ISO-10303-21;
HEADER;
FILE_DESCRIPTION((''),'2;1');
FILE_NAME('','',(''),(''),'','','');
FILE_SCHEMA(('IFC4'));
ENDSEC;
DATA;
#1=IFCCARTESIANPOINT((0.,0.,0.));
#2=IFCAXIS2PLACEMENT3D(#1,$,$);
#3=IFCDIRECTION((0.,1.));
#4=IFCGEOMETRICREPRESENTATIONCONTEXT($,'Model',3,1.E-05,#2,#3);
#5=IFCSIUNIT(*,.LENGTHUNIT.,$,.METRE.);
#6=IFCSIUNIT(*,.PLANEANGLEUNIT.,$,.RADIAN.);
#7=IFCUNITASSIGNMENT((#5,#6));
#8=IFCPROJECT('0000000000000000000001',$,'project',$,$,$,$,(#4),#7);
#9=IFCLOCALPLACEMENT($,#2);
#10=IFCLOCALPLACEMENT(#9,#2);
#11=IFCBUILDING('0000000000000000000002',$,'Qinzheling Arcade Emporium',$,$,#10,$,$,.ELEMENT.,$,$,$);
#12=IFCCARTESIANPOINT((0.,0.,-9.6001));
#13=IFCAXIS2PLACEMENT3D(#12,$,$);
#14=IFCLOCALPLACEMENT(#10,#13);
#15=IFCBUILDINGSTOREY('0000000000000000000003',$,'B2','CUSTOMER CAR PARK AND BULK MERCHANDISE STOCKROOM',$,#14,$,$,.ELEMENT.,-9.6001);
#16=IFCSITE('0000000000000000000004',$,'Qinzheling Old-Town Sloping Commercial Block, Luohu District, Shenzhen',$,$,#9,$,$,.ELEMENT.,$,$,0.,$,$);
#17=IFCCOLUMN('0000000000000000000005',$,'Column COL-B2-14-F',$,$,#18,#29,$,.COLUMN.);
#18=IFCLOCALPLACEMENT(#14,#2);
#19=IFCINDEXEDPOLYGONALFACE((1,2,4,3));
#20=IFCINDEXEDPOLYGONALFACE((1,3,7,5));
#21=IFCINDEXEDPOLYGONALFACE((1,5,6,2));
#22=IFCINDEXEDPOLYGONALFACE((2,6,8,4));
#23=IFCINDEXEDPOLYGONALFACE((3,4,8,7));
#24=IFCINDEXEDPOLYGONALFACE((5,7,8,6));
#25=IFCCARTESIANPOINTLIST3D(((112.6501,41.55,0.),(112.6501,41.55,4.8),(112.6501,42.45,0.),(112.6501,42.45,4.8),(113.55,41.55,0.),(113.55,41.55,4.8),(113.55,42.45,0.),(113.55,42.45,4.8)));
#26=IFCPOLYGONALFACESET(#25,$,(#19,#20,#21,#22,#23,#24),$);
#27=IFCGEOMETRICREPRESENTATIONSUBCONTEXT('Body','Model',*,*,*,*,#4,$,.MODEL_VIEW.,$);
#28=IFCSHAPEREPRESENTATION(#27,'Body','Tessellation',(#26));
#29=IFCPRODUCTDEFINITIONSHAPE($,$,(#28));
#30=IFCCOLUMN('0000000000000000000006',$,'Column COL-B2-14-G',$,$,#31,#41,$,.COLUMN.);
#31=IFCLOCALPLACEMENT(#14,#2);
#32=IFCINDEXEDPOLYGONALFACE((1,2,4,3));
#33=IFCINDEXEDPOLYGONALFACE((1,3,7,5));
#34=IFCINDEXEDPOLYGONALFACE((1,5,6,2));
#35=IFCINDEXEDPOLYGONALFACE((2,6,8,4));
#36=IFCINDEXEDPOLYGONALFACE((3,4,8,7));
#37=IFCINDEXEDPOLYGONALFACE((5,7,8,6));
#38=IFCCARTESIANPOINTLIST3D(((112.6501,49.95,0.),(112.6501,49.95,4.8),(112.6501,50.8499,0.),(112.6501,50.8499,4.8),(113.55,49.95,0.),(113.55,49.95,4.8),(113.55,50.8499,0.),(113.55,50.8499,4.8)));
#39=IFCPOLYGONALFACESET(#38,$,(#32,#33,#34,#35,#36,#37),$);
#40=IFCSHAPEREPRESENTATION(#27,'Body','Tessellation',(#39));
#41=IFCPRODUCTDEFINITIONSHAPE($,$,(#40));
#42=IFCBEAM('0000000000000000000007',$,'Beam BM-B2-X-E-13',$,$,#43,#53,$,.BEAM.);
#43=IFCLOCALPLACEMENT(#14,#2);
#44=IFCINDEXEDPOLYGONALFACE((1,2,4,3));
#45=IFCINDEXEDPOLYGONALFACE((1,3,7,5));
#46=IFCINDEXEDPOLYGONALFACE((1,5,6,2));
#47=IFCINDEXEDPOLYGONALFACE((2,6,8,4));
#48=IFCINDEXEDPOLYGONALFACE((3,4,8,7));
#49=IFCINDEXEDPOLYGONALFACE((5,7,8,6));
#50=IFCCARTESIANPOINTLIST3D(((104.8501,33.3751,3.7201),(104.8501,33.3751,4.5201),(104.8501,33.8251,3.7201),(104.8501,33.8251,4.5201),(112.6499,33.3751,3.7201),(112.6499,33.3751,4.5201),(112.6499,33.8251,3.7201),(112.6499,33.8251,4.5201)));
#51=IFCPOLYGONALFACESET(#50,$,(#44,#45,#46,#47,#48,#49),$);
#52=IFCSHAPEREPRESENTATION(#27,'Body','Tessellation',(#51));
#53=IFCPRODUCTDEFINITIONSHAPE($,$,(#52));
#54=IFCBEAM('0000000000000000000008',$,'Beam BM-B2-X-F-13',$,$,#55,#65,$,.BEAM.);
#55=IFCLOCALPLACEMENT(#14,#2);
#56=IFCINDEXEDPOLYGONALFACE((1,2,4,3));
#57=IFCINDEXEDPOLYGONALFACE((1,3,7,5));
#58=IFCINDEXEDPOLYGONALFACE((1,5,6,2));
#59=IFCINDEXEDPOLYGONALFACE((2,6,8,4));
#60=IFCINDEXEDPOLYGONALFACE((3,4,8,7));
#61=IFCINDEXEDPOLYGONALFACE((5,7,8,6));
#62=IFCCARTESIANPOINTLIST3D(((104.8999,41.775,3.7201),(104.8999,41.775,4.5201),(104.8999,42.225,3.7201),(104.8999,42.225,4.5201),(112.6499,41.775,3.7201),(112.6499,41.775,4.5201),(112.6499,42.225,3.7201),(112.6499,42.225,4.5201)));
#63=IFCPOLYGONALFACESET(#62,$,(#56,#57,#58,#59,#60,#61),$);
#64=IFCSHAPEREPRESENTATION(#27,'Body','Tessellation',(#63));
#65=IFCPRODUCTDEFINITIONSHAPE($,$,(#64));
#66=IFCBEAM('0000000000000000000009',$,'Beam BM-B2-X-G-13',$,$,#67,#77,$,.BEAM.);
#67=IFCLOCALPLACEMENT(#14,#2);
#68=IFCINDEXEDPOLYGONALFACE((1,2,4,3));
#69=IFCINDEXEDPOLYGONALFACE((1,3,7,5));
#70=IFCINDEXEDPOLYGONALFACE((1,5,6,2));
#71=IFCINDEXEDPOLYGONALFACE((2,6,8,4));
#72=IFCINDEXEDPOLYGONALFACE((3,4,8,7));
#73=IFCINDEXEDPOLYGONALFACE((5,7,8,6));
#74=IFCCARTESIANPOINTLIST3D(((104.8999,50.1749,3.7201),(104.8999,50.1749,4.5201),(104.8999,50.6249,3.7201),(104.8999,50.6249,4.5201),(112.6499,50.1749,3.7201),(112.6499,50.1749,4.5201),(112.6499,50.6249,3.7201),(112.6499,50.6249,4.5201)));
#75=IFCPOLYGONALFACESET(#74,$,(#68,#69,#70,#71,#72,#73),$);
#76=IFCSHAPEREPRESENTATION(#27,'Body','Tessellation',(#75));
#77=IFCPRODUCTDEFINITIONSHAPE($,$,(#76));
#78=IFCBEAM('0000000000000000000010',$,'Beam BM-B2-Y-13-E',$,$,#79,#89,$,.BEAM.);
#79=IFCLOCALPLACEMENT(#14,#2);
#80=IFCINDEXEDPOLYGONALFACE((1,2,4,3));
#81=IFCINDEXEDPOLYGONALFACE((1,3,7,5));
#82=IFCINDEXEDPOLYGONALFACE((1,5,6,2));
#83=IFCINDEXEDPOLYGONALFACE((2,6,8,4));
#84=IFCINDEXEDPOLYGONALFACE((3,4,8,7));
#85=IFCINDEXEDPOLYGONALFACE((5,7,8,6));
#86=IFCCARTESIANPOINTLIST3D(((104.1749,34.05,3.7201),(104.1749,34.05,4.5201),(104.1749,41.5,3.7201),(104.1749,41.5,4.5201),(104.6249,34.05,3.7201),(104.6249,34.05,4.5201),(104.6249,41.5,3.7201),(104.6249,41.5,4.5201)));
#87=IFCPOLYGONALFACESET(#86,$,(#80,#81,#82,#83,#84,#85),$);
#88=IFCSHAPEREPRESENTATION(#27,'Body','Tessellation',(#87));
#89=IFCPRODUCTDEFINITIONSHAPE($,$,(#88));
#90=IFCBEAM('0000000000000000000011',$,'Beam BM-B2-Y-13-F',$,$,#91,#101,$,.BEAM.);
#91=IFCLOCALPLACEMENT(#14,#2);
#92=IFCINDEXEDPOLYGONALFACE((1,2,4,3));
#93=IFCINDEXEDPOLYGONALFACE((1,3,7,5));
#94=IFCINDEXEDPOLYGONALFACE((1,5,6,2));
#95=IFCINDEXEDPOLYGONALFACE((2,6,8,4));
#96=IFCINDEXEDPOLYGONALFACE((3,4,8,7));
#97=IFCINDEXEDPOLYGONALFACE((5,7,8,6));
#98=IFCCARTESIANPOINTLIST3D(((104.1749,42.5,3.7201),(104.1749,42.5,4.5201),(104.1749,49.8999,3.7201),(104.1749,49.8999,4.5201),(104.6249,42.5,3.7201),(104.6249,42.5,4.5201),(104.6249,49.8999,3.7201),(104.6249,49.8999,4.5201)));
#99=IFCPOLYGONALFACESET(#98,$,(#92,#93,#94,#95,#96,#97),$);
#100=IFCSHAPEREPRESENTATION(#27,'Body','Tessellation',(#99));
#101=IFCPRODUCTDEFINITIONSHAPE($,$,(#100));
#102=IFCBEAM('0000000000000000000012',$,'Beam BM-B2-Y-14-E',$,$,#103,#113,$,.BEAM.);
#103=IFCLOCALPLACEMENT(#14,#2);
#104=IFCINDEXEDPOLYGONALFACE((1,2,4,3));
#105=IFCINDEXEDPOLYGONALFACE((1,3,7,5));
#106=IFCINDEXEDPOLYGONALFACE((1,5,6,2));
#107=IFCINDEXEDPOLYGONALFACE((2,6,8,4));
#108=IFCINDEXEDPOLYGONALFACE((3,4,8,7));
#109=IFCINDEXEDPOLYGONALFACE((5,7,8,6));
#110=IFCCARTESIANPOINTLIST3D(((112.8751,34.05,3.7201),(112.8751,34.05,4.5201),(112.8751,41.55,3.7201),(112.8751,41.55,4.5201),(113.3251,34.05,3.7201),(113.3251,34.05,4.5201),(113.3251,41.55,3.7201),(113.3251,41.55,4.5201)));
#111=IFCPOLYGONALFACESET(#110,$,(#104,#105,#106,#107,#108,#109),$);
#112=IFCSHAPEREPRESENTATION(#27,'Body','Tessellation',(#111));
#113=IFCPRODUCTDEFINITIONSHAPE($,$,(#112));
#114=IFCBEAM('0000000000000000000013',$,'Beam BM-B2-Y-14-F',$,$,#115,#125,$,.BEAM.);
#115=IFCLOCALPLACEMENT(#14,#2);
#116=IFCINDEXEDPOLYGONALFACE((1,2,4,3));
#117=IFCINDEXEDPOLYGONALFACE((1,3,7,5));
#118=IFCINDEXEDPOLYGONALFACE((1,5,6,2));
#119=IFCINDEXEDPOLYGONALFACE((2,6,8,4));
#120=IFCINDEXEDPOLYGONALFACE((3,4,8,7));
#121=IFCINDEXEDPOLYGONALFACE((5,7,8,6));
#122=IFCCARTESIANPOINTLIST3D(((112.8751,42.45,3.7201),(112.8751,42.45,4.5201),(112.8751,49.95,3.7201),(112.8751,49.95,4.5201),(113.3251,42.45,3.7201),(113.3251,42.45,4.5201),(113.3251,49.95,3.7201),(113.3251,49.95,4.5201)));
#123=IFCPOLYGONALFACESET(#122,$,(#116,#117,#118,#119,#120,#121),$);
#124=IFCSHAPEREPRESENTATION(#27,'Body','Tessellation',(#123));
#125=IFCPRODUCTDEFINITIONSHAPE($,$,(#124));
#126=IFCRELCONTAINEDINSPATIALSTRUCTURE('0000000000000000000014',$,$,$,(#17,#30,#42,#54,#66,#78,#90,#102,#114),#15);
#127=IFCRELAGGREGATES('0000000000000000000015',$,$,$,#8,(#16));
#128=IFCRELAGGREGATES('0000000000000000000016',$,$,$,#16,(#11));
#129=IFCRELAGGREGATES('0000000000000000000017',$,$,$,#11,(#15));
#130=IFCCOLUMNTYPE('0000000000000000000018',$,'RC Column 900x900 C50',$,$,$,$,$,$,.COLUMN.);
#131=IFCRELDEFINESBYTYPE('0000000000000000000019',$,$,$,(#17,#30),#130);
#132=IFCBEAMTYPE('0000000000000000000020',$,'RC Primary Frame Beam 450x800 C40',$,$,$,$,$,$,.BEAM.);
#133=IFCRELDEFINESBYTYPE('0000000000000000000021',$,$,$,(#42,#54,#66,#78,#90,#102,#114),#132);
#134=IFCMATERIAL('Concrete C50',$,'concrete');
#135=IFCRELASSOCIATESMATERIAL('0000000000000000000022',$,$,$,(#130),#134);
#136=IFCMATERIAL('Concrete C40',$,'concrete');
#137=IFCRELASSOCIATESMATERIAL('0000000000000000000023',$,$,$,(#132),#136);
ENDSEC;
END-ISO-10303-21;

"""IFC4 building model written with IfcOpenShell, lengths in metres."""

from ifc_helpers import new_model, si_unit, direction, frame, origin, origin_2d, place, context, subcontext, project, spatial, rectangle, extrude, material, material_profile, profile_set, type_object, element, save


model = new_model("IFC4")

# Units and contexts
model_context = context("Model", 3, precision=1e-05, world=origin(), true_north=direction((0.0, 1.0)))
body_context = subcontext(model_context, "Body", "Model", "MODEL_VIEW")
ifc_project = project(units=[si_unit("LENGTHUNIT", "METRE"), si_unit("PLANEANGLEUNIT", "RADIAN")], contexts=[model_context])

# Site, building, storey
site_placement = place(None, origin())
site = spatial("IfcSite", under=ifc_project, at=site_placement, Name="Qinzheling Old-Town Sloping Commercial Block, Luohu District, Shenzhen", CompositionType="ELEMENT", RefElevation=0.0)
building_placement = place(site_placement, origin())
building = spatial("IfcBuilding", under=site, at=building_placement, Name="Qinzheling Arcade Emporium", CompositionType="ELEMENT")
storey_placement = place(building_placement, frame((0.0, 0.0, -9.6001)))
storey = spatial("IfcBuildingStorey", under=building, at=storey_placement, Name="B2", Description="CUSTOMER CAR PARK AND BULK MERCHANDISE STOCKROOM", CompositionType="ELEMENT", Elevation=-9.6001)

# Shared definitions
ifc_material_1 = material(Name="Concrete C40", Category="concrete")

# Columns
ifc_material_2 = material(Name="Concrete C50", Category="concrete")
ifc_material_profile_1 = material_profile(ifc_material_2, rectangle(XDim=0.8999, YDim=0.8999, at=origin_2d()), Name="RC 900x900", Category="concrete")
ifc_profile_set_1 = profile_set([ifc_material_profile_1], Name="Concrete C50")
column_type_1 = type_object("IfcColumnType", Name="RC Column 900x900 C50", PredefinedType="COLUMN", material=ifc_profile_set_1)
for number, where, z_axis, x_axis, name in (
    (1, (113.1001, 42.0, 0.0), (0.0, 0.0, 1.0), (1.0, 0.0, 0.0), "Column COL-B2-14-F"),
    (2, (113.1001, 50.3999, 0.0), (0.0, 0.0, 1.0), (1.0, 0.0, 0.0), "Column COL-B2-14-G"),
):
    element("IfcColumn", number, at=place(storey_placement, frame(where, z_axis=z_axis, x_axis=x_axis)), inside=storey, type_object=column_type_1, Name=name, PredefinedType="COLUMN", context=body_context, shape_type="SweptSolid", body=[
        extrude(rectangle(XDim=0.8999, YDim=0.8999, at=origin_2d()), origin(), (0.0, 0.0, 1.0), 4.8),
    ])

# Beams
ifc_material_profile_2 = material_profile(ifc_material_1, rectangle(XDim=0.45, YDim=0.8, at=origin_2d()), Name="RC 450x800", Category="concrete")
ifc_profile_set_2 = profile_set([ifc_material_profile_2], Name="Concrete C40")
beam_type = type_object("IfcBeamType", Name="RC Primary Frame Beam 450x800 C40", PredefinedType="BEAM", material=ifc_profile_set_2)
beam_1_placement = place(storey_placement, frame((104.8501, 33.6001, 4.1201), z_axis=(1.0, 0.0, 0.0), x_axis=(0.0, 1.0, 0.0)))
element("IfcBeam", 3, at=beam_1_placement, inside=storey, type_object=beam_type, Name="Beam BM-B2-X-E-13", PredefinedType="BEAM", context=body_context, shape_type="SweptSolid", body=[
    extrude(rectangle(XDim=0.45, YDim=0.8, at=origin_2d()), origin(), (0.0, 0.0, 1.0), 7.7998),
])
for number, where, z_axis, x_axis, name in (
    (4, (104.8999, 42.0, 4.1201), (1.0, 0.0, 0.0), (0.0, 1.0, 0.0), "Beam BM-B2-X-F-13"),
    (5, (104.8999, 50.3999, 4.1201), (1.0, 0.0, 0.0), (0.0, 1.0, 0.0), "Beam BM-B2-X-G-13"),
):
    element("IfcBeam", number, at=place(storey_placement, frame(where, z_axis=z_axis, x_axis=x_axis)), inside=storey, type_object=beam_type, Name=name, PredefinedType="BEAM", context=body_context, shape_type="SweptSolid", body=[
        extrude(rectangle(XDim=0.45, YDim=0.8, at=origin_2d()), origin(), (0.0, 0.0, 1.0), 7.75),
    ])
beam_2_placement = place(storey_placement, frame((104.3999, 34.05, 4.1201), z_axis=(0.0, 1.0, 0.0), x_axis=(-1.0, 0.0, 0.0)))
element("IfcBeam", 6, at=beam_2_placement, inside=storey, type_object=beam_type, Name="Beam BM-B2-Y-13-E", PredefinedType="BEAM", context=body_context, shape_type="SweptSolid", body=[
    extrude(rectangle(XDim=0.45, YDim=0.8, at=origin_2d()), origin(), (0.0, 0.0, 1.0), 7.45),
])
beam_3_placement = place(storey_placement, frame((104.3999, 42.5, 4.1201), z_axis=(0.0, 1.0, 0.0), x_axis=(-1.0, 0.0, 0.0)))
element("IfcBeam", 7, at=beam_3_placement, inside=storey, type_object=beam_type, Name="Beam BM-B2-Y-13-F", PredefinedType="BEAM", context=body_context, shape_type="SweptSolid", body=[
    extrude(rectangle(XDim=0.45, YDim=0.8, at=origin_2d()), origin(), (0.0, 0.0, 1.0), 7.3999),
])
for number, where, z_axis, x_axis, name in (
    (8, (113.1001, 34.05, 4.1201), (0.0, 1.0, 0.0), (-1.0, 0.0, 0.0), "Beam BM-B2-Y-14-E"),
    (9, (113.1001, 42.45, 4.1201), (0.0, 1.0, 0.0), (-1.0, 0.0, 0.0), "Beam BM-B2-Y-14-F"),
):
    element("IfcBeam", number, at=place(storey_placement, frame(where, z_axis=z_axis, x_axis=x_axis)), inside=storey, type_object=beam_type, Name=name, PredefinedType="BEAM", context=body_context, shape_type="SweptSolid", body=[
        extrude(rectangle(XDim=0.45, YDim=0.8, at=origin_2d()), origin(), (0.0, 0.0, 1.0), 7.5),
    ])

save(model, "model.ifc")
